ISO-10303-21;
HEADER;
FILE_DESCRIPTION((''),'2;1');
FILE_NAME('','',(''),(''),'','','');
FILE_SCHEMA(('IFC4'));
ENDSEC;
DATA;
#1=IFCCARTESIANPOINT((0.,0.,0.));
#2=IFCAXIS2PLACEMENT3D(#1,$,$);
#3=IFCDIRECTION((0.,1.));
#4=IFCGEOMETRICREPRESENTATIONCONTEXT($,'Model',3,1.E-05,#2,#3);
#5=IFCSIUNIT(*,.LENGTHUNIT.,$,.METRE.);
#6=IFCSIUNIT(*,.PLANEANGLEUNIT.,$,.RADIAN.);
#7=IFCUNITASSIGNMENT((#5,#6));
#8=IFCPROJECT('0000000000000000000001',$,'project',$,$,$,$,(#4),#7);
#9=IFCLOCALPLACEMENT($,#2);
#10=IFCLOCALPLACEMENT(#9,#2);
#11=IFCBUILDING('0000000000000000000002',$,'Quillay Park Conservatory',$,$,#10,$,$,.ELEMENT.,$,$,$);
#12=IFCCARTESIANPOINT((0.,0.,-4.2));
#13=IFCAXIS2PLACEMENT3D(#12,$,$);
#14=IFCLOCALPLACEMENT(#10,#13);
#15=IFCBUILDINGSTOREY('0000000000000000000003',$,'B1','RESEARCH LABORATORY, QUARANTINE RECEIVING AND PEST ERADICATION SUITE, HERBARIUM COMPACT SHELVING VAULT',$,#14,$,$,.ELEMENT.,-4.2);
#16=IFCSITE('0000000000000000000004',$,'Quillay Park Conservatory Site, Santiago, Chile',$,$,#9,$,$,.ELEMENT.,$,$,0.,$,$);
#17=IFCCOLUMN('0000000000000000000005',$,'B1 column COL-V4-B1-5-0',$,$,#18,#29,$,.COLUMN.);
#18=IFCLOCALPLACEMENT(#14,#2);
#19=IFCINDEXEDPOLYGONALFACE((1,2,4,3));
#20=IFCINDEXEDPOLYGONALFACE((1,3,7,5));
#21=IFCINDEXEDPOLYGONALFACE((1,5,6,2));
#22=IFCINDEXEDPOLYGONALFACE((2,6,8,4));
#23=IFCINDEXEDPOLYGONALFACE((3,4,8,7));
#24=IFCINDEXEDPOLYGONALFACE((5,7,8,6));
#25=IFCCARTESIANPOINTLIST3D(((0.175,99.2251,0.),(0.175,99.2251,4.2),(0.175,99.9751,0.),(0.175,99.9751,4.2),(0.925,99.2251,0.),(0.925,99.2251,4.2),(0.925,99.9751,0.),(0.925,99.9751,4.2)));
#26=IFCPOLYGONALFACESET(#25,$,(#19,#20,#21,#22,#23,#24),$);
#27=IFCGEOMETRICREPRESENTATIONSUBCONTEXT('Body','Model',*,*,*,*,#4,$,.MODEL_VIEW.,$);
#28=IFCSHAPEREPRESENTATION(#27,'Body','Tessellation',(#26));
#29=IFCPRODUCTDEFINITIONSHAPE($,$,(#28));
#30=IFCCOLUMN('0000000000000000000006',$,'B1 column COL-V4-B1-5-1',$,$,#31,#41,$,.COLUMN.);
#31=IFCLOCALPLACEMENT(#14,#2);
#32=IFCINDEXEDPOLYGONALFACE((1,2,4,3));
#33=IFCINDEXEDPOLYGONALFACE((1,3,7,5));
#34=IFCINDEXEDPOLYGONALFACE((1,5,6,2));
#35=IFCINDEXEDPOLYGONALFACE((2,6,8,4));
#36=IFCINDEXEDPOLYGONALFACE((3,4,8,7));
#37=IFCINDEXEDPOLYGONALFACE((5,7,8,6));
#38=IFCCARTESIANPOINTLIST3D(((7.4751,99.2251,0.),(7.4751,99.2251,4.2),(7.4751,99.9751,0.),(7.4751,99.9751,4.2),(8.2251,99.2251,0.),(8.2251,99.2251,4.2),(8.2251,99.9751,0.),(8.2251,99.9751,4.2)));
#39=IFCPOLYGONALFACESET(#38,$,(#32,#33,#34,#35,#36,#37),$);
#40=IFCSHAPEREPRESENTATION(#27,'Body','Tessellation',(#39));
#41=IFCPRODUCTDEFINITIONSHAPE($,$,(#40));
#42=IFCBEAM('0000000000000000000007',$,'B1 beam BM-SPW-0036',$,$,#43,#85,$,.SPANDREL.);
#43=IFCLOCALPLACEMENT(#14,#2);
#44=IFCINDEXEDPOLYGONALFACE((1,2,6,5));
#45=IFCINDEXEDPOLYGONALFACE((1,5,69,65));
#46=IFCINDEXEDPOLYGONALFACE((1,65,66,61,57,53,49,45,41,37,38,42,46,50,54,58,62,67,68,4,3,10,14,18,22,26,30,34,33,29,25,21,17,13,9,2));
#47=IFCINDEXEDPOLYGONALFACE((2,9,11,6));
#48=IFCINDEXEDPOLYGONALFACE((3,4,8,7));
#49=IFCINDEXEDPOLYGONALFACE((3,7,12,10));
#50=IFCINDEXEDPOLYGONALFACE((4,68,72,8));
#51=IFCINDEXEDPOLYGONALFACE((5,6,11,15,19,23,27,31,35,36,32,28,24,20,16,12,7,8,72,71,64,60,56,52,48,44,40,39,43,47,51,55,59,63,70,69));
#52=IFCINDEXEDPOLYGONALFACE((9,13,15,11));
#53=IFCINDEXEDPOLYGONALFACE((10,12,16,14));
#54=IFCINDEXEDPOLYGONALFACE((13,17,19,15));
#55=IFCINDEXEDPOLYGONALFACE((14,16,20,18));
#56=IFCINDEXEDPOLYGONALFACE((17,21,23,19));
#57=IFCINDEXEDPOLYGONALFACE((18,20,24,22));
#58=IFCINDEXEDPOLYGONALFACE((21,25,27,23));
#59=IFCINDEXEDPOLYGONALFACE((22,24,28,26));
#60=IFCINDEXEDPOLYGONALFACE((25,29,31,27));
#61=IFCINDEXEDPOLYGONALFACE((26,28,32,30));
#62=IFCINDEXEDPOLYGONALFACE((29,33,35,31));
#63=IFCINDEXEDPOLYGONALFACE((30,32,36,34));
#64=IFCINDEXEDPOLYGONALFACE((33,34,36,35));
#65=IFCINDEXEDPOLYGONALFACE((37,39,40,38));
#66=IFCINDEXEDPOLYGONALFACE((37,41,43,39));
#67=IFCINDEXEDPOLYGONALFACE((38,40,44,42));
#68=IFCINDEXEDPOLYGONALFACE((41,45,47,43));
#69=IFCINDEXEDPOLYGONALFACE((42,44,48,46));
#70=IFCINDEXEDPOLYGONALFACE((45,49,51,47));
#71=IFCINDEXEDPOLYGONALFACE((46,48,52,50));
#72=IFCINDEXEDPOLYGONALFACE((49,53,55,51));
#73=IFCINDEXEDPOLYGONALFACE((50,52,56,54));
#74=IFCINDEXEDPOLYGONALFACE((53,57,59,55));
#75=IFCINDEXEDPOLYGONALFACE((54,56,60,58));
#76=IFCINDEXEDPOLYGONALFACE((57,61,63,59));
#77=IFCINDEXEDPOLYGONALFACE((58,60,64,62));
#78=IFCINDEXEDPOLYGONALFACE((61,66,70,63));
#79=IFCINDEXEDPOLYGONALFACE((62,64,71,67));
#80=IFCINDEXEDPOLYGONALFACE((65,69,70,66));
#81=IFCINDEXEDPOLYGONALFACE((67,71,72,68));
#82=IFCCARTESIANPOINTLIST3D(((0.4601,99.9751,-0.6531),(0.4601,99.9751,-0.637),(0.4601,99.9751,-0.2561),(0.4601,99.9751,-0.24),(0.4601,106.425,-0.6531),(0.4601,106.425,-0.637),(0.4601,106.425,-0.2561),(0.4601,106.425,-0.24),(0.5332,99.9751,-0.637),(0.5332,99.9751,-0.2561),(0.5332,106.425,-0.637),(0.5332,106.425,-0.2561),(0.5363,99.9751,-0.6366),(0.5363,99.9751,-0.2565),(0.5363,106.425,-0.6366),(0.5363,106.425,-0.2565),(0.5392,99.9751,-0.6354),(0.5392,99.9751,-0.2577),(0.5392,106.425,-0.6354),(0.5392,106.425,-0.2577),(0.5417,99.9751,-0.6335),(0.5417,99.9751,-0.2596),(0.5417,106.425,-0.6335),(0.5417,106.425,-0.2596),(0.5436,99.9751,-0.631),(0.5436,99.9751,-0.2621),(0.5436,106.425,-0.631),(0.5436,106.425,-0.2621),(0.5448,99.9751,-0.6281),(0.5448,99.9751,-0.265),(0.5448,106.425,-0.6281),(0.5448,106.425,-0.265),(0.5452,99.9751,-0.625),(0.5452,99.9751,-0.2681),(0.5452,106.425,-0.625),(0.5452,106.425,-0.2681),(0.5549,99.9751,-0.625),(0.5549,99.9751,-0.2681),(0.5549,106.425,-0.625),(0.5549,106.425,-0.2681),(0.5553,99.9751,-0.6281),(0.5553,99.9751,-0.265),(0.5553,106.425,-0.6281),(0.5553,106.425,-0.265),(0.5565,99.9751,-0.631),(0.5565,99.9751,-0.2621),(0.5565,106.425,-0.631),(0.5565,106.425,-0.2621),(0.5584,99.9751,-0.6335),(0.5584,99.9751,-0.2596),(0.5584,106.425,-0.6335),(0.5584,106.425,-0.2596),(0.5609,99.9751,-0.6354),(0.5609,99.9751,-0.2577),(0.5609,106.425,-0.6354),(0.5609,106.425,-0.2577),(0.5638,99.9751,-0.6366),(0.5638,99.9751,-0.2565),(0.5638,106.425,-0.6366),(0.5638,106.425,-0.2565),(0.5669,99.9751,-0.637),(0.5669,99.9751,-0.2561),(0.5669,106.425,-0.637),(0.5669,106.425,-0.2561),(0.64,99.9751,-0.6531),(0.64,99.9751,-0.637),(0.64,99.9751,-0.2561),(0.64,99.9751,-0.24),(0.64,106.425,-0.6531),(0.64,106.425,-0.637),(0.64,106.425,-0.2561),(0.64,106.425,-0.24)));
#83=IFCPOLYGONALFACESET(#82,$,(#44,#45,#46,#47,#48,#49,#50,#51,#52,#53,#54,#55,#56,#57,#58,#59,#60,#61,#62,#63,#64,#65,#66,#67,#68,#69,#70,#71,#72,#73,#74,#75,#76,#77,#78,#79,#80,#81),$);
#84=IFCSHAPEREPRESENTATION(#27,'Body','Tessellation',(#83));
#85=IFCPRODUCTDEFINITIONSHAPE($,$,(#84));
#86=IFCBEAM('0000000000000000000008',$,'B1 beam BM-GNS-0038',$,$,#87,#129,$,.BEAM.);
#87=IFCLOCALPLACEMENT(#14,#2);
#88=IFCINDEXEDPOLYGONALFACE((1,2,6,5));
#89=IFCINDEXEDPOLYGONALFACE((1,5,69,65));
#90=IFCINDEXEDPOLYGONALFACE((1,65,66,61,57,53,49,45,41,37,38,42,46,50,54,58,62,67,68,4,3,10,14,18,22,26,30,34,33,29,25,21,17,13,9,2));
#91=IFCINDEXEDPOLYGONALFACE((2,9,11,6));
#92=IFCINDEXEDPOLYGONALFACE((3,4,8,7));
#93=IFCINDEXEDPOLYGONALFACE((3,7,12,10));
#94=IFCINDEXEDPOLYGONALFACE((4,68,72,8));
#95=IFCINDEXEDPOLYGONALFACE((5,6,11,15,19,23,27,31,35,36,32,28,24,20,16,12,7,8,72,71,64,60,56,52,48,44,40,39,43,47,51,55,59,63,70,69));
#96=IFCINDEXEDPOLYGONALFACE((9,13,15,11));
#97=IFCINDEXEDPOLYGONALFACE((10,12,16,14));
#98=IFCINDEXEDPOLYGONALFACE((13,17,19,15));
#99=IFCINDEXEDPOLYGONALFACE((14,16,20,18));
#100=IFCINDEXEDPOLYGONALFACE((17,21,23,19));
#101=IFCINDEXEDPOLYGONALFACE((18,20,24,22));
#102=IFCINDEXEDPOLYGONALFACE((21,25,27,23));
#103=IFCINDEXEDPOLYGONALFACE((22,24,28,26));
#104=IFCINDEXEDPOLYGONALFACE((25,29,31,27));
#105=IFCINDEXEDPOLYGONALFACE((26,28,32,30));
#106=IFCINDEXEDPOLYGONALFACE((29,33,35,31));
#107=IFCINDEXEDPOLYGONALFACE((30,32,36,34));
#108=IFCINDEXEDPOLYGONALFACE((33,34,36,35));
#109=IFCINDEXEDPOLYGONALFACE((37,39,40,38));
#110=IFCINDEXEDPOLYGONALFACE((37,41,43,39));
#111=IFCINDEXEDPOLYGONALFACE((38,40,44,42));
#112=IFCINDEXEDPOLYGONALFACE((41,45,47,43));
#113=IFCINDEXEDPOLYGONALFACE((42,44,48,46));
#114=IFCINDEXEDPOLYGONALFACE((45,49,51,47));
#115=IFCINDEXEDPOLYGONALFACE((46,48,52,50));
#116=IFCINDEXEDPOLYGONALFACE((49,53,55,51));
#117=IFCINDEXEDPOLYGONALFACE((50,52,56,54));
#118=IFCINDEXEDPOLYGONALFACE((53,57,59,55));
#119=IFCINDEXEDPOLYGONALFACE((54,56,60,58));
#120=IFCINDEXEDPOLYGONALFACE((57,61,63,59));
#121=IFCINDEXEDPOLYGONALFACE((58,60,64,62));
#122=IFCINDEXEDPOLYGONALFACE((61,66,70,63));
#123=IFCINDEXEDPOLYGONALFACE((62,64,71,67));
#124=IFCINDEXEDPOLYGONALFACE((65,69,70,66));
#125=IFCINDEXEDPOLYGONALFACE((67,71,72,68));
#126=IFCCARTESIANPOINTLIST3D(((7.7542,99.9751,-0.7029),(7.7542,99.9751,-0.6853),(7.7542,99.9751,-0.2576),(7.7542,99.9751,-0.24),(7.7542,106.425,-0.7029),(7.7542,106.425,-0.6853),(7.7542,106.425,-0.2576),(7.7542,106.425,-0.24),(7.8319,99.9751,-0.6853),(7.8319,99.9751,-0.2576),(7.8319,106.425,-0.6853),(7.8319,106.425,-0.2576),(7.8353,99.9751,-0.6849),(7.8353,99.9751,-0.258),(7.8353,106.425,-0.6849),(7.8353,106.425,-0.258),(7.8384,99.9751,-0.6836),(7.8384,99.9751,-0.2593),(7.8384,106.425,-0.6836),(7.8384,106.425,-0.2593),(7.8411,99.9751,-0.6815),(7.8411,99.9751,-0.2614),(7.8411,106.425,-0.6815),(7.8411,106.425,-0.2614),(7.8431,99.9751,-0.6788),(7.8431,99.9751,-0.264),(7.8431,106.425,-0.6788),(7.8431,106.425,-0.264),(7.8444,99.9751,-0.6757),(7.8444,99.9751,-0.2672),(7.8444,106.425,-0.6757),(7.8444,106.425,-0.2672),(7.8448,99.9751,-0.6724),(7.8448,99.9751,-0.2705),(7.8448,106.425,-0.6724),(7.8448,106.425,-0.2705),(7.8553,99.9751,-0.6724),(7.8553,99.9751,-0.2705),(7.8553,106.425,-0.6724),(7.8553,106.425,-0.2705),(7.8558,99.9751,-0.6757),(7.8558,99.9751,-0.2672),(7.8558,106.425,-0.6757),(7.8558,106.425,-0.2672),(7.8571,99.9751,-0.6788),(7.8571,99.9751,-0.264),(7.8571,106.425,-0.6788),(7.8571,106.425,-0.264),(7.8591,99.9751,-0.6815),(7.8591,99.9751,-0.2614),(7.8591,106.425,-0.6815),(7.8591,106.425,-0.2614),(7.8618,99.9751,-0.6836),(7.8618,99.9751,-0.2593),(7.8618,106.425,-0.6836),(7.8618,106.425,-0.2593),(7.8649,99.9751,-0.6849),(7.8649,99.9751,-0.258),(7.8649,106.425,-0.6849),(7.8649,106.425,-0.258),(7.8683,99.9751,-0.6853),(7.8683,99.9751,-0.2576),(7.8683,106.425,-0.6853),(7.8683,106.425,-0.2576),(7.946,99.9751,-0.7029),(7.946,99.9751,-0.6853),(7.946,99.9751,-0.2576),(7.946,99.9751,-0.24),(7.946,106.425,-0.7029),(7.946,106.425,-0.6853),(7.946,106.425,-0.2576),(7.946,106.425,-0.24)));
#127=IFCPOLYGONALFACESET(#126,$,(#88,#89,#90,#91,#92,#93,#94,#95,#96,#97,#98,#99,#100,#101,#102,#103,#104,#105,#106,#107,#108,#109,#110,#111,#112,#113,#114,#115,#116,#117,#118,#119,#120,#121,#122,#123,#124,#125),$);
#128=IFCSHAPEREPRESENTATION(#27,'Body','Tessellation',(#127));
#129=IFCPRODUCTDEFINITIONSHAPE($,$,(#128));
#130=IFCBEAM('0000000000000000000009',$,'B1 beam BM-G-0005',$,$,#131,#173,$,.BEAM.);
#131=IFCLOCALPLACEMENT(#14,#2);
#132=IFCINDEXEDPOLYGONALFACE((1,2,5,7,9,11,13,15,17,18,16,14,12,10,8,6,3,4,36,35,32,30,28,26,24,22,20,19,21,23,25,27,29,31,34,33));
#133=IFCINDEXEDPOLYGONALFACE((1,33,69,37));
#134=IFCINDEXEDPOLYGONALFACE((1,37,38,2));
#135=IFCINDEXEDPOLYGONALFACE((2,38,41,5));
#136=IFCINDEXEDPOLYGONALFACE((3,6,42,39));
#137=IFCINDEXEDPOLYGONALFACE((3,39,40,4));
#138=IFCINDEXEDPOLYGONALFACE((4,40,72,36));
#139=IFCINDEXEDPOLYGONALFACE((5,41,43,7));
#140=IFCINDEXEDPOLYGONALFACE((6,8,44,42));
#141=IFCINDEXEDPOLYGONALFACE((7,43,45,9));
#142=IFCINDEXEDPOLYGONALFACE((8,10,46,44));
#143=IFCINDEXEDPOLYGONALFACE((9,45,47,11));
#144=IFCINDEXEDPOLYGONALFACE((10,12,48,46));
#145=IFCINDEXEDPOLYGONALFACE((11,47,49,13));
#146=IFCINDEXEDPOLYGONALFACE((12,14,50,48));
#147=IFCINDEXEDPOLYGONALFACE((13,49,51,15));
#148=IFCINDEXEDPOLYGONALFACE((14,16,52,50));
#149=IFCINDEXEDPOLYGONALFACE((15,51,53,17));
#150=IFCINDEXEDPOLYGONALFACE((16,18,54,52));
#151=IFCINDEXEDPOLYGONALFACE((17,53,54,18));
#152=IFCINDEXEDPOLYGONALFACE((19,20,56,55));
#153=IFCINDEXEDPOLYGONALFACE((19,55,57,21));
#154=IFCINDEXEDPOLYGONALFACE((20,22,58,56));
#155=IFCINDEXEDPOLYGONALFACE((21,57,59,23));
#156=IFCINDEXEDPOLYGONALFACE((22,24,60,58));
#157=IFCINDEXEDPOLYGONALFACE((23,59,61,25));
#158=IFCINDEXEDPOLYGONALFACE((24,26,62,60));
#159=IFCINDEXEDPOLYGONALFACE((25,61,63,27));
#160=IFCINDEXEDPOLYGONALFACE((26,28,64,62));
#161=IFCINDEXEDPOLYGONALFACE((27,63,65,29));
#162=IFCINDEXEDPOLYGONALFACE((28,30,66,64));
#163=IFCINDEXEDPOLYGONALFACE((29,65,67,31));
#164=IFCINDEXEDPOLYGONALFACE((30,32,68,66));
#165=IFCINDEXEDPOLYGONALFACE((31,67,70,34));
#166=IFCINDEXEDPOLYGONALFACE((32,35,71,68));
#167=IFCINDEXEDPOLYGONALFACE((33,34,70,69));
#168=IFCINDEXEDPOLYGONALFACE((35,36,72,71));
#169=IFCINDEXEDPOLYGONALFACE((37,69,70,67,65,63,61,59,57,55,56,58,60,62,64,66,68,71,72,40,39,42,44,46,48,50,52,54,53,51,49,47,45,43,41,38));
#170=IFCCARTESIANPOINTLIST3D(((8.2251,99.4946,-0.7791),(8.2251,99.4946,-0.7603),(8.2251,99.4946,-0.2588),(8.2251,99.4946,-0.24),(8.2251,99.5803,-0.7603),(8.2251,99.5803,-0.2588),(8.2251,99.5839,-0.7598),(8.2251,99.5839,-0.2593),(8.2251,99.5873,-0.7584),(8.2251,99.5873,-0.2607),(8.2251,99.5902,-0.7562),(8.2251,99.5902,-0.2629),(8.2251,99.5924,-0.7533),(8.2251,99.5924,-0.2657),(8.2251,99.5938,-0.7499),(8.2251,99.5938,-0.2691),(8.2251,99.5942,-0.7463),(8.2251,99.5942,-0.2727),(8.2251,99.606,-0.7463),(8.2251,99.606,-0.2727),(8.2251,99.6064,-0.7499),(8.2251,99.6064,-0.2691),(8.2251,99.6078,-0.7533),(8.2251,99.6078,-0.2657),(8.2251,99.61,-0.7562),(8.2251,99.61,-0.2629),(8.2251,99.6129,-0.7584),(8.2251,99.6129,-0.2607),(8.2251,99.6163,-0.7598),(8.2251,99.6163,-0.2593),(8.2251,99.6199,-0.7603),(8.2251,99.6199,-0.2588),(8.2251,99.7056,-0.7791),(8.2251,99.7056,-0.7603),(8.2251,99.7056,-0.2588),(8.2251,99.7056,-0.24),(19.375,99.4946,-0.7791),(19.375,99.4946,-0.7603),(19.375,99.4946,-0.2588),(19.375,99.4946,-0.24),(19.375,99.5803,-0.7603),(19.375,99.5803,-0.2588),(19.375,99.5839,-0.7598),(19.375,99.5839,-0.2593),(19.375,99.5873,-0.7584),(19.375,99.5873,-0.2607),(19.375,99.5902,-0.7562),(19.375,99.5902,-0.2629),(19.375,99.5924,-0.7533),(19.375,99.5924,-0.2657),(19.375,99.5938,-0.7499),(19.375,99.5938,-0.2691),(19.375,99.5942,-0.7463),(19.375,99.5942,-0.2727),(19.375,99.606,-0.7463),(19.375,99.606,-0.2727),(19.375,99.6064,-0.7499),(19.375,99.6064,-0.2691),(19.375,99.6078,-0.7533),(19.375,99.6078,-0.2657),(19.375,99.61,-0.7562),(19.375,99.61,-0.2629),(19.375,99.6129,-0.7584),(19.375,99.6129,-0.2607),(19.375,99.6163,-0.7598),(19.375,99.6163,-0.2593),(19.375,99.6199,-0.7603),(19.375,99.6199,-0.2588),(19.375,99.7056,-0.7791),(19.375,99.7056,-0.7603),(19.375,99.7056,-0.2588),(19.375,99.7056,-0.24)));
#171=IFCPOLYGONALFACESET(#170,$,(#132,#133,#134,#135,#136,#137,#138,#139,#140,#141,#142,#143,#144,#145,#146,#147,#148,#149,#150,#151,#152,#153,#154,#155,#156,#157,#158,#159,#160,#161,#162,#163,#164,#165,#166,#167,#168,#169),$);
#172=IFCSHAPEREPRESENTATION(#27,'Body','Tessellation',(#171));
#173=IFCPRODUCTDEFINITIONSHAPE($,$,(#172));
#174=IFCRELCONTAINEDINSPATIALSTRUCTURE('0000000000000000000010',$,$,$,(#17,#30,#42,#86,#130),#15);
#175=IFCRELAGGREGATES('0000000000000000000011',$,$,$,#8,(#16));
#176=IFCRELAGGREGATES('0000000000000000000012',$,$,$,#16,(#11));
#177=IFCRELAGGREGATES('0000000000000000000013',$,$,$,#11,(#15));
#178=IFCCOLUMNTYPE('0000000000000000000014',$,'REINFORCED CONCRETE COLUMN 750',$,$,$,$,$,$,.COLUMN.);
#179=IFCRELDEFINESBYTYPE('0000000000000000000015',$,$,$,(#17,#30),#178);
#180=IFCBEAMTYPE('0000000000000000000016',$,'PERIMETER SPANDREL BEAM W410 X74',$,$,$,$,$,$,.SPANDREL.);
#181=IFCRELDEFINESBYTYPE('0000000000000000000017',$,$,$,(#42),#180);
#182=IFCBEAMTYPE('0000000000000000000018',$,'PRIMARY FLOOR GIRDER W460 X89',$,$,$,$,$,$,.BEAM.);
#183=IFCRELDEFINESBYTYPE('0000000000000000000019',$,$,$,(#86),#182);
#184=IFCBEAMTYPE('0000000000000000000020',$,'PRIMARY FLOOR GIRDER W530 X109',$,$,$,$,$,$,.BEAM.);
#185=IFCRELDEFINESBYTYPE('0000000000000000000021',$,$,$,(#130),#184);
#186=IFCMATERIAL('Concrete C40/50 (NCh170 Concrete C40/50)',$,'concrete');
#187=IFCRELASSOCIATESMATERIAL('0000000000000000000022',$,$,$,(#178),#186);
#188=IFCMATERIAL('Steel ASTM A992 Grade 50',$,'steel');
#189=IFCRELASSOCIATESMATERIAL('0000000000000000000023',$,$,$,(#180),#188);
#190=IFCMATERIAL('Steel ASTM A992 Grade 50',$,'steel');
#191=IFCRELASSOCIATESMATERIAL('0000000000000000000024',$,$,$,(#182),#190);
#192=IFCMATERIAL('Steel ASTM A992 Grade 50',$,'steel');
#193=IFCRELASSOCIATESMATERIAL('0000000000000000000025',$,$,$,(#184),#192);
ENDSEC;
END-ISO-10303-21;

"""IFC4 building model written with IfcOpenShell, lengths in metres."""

from ifc_helpers import new_model, si_unit, direction, frame, origin, origin_2d, place, context, subcontext, project, spatial, rectangle, i_section, extrude, material, material_profile, profile_set, type_object, element, save


model = new_model("IFC4")

# Units and contexts
model_context = context("Model", 3, precision=1e-05, world=origin(), true_north=direction((0.0, 1.0)))
body_context = subcontext(model_context, "Body", "Model", "MODEL_VIEW")
ifc_project = project(units=[si_unit("LENGTHUNIT", "METRE"), si_unit("PLANEANGLEUNIT", "RADIAN")], contexts=[model_context])

# Site, building, storey
site_placement = place(None, origin())
site = spatial("IfcSite", under=ifc_project, at=site_placement, Name="Quillay Park Conservatory Site, Santiago, Chile", CompositionType="ELEMENT", RefElevation=0.0)
building_placement = place(site_placement, origin())
building = spatial("IfcBuilding", under=site, at=building_placement, Name="Quillay Park Conservatory", CompositionType="ELEMENT")
storey_placement = place(building_placement, frame((0.0, 0.0, -4.2)))
storey = spatial("IfcBuildingStorey", under=building, at=storey_placement, Name="B1", Description="RESEARCH LABORATORY, QUARANTINE RECEIVING AND PEST ERADICATION SUITE, HERBARIUM COMPACT SHELVING VAULT", CompositionType="ELEMENT", Elevation=-4.2)

# Columns
ifc_material_1 = material(Name="Concrete C40/50 (NCh170 Concrete C40/50)", Category="concrete")
ifc_material_profile_1 = material_profile(ifc_material_1, rectangle(XDim=0.75, YDim=0.75, at=origin_2d()), Name="RC750x750")
ifc_profile_set_1 = profile_set([ifc_material_profile_1], Name="Concrete C40/50 (NCh170 Concrete C40/50)")
column_type = type_object("IfcColumnType", Name="REINFORCED CONCRETE COLUMN 750", PredefinedType="COLUMN", material=ifc_profile_set_1)
for number, where, z_axis, x_axis, name in (
    (1, (0.55, 99.6001, 0.0), (0.0, 0.0, 1.0), (1.0, 0.0, 0.0), "B1 column COL-V4-B1-5-0"),
    (2, (7.8501, 99.6001, 0.0), (0.0, 0.0, 1.0), (1.0, 0.0, 0.0), "B1 column COL-V4-B1-5-1"),
):
    element("IfcColumn", number, at=place(storey_placement, frame(where, z_axis=z_axis, x_axis=x_axis)), inside=storey, type_object=column_type, Name=name, PredefinedType="COLUMN", context=body_context, shape_type="SweptSolid", body=[
        extrude(rectangle(XDim=0.75, YDim=0.75, at=origin_2d()), origin(), (0.0, 0.0, 1.0), 4.2),
    ])

# Beams
ifc_material_2 = material(Name="Steel ASTM A992 Grade 50", Category="steel")
ifc_material_profile_2 = material_profile(ifc_material_2, i_section(OverallWidth=0.1799, OverallDepth=0.4131, WebThickness=0.0098, FlangeThickness=0.0161, FilletRadius=0.012, at=origin_2d()), Name="W410x74")
ifc_profile_set_2 = profile_set([ifc_material_profile_2], Name="Steel ASTM A992 Grade 50")
beam_type_1 = type_object("IfcBeamType", Name="PERIMETER SPANDREL BEAM W410 X74", PredefinedType="SPANDREL", material=ifc_profile_set_2)
beam_1_placement = place(storey_placement, frame((0.55, 99.9751, -0.4465), z_axis=(0.0, 1.0, 0.0), x_axis=(-1.0, 0.0, 0.0)))
element("IfcBeam", 3, at=beam_1_placement, inside=storey, type_object=beam_type_1, Name="B1 beam BM-SPW-0036", PredefinedType="SPANDREL", context=body_context, shape_type="SweptSolid", body=[
    extrude(i_section(OverallWidth=0.1799, OverallDepth=0.4131, WebThickness=0.0098, FlangeThickness=0.0161, FilletRadius=0.012, at=origin_2d()), origin(), (0.0, 0.0, 1.0), 6.45),
])
ifc_material_3 = material(Name="Steel ASTM A992 Grade 50", Category="steel")
ifc_material_profile_3 = material_profile(ifc_material_3, i_section(OverallWidth=0.1919, OverallDepth=0.4629, WebThickness=0.0105, FlangeThickness=0.0176, FilletRadius=0.0129, at=origin_2d()), Name="W460x89")
ifc_profile_set_3 = profile_set([ifc_material_profile_3], Name="Steel ASTM A992 Grade 50")
beam_type_2 = type_object("IfcBeamType", Name="PRIMARY FLOOR GIRDER W460 X89", PredefinedType="BEAM", material=ifc_profile_set_3)
beam_2_placement = place(storey_placement, frame((7.8501, 99.9751, -0.4714), z_axis=(0.0, 1.0, 0.0), x_axis=(-1.0, 0.0, 0.0)))
element("IfcBeam", 4, at=beam_2_placement, inside=storey, type_object=beam_type_2, Name="B1 beam BM-GNS-0038", PredefinedType="BEAM", context=body_context, shape_type="SweptSolid", body=[
    extrude(i_section(OverallWidth=0.1919, OverallDepth=0.4629, WebThickness=0.0105, FlangeThickness=0.0176, FilletRadius=0.0129, at=origin_2d()), origin(), (0.0, 0.0, 1.0), 6.45),
])
ifc_material_4 = material(Name="Steel ASTM A992 Grade 50", Category="steel")
ifc_material_profile_4 = material_profile(ifc_material_4, i_section(OverallWidth=0.2109, OverallDepth=0.5391, WebThickness=0.0117, FlangeThickness=0.0188, FilletRadius=0.0139, at=origin_2d()), Name="W530x109")
ifc_profile_set_4 = profile_set([ifc_material_profile_4], Name="Steel ASTM A992 Grade 50")
beam_type_3 = type_object("IfcBeamType", Name="PRIMARY FLOOR GIRDER W530 X109", PredefinedType="BEAM", material=ifc_profile_set_4)
beam_3_placement = place(storey_placement, frame((8.2251, 99.6001, -0.5095), z_axis=(1.0, 0.0, 0.0), x_axis=(0.0, 1.0, 0.0)))
element("IfcBeam", 5, at=beam_3_placement, inside=storey, type_object=beam_type_3, Name="B1 beam BM-G-0005", PredefinedType="BEAM", context=body_context, shape_type="SweptSolid", body=[
    extrude(i_section(OverallWidth=0.2109, OverallDepth=0.5391, WebThickness=0.0117, FlangeThickness=0.0188, FilletRadius=0.0139, at=origin_2d()), origin(), (0.0, 0.0, 1.0), 11.1499),
])

save(model, "model.ifc")
